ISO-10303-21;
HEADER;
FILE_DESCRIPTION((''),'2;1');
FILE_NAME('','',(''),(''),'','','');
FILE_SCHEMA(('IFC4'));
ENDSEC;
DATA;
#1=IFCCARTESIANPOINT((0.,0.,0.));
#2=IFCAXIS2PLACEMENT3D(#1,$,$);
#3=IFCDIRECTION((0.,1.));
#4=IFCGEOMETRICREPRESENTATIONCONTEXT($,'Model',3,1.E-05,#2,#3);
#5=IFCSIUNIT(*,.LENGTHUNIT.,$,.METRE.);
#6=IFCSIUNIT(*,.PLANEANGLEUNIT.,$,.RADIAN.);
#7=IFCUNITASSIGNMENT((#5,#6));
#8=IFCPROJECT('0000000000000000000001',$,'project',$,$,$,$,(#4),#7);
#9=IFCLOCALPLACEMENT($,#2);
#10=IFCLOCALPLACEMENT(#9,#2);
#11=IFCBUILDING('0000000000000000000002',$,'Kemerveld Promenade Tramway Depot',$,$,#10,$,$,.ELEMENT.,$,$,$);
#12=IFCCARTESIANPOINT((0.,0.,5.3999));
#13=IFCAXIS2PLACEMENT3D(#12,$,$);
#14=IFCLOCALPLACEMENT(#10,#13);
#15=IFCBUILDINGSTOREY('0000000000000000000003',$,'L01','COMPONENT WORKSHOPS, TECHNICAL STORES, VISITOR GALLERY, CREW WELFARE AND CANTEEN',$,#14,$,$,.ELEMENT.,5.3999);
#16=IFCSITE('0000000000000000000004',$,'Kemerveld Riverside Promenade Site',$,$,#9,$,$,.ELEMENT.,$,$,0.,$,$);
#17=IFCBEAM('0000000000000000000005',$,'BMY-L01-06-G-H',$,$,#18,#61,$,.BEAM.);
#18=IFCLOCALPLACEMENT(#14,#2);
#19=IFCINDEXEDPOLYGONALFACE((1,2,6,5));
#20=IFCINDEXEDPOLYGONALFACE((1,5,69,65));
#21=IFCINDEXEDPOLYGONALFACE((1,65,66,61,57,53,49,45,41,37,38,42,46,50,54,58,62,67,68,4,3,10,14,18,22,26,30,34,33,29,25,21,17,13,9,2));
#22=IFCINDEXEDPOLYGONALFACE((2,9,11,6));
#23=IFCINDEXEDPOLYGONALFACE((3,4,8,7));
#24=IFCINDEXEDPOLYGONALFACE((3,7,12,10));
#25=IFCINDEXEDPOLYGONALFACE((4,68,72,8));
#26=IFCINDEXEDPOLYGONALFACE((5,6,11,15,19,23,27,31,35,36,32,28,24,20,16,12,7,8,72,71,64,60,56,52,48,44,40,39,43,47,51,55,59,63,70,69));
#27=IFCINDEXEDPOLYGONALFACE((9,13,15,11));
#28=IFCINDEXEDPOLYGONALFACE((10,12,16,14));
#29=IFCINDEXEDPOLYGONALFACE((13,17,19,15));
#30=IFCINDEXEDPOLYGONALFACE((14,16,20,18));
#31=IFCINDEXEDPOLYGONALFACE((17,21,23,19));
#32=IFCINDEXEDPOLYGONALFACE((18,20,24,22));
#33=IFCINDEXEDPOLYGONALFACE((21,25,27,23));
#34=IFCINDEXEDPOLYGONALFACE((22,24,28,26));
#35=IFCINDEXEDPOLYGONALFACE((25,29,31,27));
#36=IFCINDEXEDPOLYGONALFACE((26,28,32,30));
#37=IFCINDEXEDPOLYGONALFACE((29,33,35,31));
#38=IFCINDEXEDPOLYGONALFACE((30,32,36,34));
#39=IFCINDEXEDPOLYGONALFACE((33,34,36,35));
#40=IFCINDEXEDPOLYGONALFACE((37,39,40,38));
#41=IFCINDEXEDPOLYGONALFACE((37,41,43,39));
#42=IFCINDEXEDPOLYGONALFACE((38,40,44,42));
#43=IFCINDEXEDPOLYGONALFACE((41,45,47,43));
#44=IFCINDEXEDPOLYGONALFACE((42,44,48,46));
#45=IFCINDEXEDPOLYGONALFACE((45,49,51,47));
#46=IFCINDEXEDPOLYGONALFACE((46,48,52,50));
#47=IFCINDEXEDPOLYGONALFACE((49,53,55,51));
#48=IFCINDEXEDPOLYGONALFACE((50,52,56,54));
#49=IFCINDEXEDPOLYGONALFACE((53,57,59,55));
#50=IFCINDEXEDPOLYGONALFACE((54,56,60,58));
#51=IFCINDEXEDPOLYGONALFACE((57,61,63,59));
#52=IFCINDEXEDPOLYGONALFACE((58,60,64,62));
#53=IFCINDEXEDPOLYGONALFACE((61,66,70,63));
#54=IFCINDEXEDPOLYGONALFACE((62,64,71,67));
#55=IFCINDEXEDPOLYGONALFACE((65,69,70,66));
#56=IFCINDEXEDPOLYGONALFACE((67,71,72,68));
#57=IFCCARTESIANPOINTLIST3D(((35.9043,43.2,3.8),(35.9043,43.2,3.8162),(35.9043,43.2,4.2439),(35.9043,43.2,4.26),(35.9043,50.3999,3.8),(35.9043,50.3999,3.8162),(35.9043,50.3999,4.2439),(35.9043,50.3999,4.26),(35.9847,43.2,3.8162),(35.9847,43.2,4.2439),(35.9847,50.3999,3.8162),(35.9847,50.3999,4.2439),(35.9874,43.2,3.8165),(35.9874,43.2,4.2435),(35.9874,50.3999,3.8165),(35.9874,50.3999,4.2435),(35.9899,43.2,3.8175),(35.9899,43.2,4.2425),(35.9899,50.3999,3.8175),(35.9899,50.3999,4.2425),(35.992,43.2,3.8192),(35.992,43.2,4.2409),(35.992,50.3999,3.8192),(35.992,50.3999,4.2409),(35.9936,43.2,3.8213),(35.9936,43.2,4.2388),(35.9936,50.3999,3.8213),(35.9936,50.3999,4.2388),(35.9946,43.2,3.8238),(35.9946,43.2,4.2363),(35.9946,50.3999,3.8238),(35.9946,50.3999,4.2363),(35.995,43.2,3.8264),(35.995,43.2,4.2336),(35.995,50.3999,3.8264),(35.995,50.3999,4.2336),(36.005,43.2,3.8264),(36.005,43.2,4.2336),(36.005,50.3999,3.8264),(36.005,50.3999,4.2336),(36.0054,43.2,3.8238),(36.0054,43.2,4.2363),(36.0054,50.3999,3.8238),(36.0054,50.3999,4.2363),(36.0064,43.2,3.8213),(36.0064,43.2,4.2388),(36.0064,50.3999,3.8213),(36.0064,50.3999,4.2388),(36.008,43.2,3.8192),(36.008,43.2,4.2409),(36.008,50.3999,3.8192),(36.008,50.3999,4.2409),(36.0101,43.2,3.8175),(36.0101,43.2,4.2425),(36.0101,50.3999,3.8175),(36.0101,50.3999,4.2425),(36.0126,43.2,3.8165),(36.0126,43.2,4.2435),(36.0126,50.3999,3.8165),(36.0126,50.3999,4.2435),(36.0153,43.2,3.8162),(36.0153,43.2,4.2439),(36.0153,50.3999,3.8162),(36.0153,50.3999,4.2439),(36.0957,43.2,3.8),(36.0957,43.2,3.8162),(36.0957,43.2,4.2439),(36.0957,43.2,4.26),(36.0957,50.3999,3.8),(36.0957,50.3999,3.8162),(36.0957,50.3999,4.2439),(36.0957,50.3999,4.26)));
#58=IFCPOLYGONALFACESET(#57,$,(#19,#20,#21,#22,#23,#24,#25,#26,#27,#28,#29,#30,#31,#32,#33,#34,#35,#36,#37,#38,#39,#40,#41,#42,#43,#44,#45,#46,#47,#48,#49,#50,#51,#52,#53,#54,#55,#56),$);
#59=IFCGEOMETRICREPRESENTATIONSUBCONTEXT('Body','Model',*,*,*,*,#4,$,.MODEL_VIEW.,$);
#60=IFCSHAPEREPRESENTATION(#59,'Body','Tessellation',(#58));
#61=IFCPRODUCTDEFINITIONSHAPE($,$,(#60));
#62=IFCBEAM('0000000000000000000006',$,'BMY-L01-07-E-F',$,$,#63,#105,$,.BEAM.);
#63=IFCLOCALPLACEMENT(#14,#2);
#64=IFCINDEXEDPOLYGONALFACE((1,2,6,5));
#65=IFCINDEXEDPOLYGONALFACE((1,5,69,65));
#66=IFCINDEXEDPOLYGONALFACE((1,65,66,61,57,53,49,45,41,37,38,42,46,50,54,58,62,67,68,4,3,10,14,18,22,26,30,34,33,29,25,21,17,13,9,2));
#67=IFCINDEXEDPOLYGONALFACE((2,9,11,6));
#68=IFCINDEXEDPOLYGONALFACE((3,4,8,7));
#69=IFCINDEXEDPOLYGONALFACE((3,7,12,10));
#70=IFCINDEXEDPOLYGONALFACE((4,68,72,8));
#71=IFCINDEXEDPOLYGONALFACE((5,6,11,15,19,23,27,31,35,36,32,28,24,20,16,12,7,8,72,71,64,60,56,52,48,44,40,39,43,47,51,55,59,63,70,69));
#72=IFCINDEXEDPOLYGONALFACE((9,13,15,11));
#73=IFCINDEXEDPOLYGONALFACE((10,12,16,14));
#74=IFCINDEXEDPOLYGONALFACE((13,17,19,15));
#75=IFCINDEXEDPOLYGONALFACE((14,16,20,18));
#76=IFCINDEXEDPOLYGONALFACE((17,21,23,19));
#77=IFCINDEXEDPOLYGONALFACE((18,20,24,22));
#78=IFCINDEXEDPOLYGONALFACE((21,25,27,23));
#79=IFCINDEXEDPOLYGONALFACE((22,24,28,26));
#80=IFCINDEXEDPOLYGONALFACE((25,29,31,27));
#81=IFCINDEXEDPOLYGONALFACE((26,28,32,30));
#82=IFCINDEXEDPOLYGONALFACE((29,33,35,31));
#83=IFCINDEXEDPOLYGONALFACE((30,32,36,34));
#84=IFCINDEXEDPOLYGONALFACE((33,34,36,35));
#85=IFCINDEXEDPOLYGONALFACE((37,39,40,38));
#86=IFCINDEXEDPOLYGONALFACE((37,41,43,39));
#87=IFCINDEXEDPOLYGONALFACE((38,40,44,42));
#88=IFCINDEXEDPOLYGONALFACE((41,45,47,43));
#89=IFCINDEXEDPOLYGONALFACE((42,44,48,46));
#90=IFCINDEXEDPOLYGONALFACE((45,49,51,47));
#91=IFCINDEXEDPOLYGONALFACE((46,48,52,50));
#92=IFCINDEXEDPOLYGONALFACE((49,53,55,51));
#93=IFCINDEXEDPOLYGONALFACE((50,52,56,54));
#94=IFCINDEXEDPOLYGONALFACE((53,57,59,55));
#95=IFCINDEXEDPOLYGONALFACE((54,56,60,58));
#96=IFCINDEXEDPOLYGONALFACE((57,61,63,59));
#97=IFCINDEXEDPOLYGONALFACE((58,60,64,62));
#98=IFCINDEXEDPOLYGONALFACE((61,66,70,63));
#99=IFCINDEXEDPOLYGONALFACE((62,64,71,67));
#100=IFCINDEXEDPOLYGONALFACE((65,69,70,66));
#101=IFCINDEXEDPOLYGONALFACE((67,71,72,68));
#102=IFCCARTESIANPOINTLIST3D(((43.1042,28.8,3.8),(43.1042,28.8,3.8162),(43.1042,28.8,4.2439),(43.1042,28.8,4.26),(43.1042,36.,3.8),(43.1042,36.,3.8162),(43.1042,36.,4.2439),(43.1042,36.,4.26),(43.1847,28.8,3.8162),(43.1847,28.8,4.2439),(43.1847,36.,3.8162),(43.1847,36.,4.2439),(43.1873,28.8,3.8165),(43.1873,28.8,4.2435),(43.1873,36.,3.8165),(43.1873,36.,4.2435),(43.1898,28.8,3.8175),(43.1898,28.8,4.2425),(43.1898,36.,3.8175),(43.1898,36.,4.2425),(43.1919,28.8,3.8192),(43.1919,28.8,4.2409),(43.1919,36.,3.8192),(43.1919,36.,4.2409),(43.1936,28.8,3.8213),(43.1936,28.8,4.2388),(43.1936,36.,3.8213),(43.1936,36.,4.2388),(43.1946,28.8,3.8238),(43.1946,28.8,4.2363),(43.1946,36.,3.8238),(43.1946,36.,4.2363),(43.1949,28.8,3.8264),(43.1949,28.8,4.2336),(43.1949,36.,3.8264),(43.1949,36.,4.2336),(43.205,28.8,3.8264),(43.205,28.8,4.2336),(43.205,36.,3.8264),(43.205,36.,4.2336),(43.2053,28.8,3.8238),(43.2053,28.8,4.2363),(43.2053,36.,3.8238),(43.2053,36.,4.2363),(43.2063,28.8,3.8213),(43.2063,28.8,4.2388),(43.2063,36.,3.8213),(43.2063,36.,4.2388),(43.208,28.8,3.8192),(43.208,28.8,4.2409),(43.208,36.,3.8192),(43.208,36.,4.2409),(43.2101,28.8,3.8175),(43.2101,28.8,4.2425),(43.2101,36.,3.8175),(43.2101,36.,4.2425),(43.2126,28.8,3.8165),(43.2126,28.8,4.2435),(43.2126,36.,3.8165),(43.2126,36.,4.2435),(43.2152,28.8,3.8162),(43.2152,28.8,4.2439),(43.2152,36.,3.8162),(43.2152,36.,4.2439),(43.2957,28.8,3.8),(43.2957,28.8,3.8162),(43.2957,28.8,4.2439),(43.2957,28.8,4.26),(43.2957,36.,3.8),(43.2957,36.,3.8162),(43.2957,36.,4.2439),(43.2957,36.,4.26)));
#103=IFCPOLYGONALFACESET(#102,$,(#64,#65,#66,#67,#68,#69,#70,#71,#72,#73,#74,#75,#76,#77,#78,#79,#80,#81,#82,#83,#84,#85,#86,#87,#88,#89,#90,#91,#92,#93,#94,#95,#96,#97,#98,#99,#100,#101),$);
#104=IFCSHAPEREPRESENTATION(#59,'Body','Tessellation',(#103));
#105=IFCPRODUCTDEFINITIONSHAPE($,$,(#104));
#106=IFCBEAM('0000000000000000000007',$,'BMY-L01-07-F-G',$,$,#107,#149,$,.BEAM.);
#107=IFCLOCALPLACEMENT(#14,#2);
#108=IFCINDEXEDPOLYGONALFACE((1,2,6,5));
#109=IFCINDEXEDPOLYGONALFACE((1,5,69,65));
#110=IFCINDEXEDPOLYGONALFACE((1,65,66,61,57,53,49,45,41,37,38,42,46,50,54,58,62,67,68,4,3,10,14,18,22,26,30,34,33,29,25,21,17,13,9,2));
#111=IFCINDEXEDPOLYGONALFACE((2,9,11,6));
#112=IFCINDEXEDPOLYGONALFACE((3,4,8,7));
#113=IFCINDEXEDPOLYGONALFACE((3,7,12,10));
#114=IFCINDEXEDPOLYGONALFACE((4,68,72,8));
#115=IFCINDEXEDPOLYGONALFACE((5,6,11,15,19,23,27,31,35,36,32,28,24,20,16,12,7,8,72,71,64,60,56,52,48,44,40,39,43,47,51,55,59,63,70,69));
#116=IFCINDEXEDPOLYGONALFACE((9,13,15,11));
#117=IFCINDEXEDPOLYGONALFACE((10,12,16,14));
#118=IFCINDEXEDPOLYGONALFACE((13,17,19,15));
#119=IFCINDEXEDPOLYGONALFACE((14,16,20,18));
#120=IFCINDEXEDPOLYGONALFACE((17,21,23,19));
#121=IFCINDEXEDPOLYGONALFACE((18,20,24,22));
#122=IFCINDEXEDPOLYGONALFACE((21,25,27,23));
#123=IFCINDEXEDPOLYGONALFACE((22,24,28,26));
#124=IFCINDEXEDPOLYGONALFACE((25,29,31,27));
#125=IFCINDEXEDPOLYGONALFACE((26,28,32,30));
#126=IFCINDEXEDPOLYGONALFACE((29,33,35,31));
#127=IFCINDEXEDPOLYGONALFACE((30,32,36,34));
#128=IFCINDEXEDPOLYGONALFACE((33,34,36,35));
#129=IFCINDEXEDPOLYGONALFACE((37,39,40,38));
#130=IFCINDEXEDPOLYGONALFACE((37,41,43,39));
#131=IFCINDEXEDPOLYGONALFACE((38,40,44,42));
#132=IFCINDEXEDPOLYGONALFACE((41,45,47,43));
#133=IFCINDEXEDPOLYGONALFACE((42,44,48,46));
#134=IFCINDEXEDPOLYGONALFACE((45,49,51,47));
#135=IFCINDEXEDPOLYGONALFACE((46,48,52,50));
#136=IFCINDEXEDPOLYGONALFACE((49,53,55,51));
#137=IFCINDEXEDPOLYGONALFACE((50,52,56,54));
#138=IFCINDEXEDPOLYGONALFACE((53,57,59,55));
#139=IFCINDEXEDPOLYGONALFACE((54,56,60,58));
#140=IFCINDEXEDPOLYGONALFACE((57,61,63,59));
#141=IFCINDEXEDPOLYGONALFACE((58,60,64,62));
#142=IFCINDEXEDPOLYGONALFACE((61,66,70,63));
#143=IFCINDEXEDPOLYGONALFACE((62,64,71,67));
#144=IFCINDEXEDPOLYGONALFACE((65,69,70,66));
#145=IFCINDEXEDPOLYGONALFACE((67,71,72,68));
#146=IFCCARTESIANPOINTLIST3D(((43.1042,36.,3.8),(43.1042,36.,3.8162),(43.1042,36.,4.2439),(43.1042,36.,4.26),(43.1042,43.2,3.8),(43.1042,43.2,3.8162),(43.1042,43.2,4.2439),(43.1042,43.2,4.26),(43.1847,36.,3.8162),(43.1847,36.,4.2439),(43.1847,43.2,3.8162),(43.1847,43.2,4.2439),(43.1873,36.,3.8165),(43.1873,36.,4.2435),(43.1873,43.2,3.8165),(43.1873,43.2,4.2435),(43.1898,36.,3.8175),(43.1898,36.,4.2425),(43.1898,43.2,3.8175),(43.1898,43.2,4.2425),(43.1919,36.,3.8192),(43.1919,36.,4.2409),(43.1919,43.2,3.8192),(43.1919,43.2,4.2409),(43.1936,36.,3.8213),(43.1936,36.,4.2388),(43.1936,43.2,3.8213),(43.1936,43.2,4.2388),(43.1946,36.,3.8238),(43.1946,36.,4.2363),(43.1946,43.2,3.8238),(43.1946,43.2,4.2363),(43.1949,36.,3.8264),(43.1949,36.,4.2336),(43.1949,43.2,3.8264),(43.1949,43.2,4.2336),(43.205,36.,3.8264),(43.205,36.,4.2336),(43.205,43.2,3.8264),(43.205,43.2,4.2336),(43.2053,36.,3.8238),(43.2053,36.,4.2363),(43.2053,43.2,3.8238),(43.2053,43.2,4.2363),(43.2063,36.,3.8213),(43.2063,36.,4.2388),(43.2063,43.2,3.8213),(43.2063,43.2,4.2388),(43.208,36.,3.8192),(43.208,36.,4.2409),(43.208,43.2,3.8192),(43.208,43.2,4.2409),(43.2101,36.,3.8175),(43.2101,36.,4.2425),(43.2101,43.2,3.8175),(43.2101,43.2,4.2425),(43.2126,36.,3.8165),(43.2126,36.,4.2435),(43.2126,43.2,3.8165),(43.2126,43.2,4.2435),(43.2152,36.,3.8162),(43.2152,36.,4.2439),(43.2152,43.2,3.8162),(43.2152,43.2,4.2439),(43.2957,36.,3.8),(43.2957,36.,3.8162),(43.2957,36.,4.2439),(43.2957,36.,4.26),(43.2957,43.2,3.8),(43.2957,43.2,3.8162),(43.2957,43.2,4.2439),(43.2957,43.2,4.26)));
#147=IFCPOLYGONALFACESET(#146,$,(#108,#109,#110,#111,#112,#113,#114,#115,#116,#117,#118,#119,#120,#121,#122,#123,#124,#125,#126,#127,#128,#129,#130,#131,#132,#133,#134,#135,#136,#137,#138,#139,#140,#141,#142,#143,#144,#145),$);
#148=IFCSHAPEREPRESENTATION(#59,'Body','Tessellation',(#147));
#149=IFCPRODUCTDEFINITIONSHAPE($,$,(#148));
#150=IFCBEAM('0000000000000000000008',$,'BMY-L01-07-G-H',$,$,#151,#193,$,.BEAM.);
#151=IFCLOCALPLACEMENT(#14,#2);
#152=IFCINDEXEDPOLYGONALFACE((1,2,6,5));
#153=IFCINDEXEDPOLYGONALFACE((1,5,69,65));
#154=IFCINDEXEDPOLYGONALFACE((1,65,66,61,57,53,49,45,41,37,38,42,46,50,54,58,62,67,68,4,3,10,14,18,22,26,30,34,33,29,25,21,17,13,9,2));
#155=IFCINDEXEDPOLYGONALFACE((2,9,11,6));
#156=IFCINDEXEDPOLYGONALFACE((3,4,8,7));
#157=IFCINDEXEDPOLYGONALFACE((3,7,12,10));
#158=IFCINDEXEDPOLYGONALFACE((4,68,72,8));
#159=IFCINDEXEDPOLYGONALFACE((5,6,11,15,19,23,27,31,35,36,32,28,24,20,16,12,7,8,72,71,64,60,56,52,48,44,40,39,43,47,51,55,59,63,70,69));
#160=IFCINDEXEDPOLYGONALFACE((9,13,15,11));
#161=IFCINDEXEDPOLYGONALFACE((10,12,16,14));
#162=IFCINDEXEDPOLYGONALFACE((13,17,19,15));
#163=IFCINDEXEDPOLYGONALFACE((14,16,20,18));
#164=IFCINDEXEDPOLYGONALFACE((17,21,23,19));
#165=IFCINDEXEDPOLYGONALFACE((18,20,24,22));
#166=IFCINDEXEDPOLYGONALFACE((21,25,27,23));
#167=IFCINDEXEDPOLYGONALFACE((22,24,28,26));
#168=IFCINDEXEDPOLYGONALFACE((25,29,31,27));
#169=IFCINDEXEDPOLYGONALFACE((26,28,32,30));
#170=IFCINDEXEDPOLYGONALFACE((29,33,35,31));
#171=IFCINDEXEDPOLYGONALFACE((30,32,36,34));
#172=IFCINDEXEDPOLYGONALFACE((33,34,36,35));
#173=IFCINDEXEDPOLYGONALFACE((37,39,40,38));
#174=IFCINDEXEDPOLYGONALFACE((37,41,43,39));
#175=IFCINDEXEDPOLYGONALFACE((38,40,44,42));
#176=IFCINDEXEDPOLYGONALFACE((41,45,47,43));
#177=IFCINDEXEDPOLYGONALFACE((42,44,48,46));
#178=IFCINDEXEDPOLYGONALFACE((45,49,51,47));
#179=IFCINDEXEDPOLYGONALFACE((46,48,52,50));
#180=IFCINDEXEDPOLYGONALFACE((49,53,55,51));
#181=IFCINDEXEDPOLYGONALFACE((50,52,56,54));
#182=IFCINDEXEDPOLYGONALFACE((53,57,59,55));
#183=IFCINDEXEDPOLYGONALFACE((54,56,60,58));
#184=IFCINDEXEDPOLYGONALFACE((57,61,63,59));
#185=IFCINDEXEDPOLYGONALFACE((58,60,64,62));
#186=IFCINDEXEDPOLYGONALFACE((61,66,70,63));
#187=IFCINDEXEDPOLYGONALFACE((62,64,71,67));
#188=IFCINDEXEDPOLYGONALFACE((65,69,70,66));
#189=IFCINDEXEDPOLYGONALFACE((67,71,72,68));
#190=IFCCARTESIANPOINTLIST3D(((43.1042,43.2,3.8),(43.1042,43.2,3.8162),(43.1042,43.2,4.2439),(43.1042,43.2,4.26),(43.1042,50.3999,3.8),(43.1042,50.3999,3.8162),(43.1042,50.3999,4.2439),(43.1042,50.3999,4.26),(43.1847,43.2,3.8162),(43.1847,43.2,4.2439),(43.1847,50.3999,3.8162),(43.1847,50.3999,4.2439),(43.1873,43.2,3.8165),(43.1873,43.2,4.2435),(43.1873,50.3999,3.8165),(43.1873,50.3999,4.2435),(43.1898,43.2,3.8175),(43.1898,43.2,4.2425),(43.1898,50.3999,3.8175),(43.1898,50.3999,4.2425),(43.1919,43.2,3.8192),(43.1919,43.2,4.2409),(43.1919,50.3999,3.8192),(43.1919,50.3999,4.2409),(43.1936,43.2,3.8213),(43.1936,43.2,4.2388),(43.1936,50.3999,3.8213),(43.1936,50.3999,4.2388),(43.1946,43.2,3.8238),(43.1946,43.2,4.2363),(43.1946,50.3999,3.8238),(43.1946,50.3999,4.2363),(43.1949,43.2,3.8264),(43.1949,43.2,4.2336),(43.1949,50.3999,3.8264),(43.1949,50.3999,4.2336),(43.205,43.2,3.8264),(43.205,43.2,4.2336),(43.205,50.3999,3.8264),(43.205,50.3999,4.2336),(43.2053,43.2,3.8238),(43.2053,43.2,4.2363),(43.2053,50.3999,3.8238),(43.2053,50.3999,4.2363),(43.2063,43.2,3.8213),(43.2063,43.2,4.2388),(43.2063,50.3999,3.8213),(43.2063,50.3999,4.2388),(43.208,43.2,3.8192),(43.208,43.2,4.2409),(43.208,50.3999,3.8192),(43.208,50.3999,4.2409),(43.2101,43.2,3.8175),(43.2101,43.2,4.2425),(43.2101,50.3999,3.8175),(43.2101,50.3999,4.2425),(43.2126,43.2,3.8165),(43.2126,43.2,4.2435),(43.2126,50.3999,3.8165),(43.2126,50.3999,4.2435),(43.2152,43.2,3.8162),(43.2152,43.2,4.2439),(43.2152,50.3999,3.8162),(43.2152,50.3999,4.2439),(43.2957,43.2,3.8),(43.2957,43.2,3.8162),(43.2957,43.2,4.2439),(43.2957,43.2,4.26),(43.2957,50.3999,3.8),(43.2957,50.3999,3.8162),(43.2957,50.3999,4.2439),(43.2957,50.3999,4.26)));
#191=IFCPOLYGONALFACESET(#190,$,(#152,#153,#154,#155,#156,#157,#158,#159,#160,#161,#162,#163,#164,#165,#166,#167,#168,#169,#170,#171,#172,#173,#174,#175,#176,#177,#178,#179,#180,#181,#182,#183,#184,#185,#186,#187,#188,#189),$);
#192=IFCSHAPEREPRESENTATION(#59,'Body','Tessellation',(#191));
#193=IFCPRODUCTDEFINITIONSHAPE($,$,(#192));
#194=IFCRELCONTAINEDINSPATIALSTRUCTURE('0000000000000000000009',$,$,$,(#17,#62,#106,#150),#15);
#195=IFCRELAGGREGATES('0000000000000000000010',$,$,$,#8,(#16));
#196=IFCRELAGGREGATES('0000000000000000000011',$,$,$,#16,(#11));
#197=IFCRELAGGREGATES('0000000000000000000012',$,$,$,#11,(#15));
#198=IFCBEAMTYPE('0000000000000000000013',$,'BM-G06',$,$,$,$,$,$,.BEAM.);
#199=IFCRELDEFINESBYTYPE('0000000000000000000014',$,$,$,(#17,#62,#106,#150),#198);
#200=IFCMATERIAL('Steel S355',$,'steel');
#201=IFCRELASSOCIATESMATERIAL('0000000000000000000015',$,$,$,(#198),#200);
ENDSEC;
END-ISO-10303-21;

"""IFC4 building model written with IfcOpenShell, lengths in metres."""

from ifc_helpers import new_model, si_unit, direction, frame, origin, origin_2d, place, context, subcontext, project, spatial, i_section, extrude, material, material_profile, profile_set, type_object, element, save


model = new_model("IFC4")

# Units and contexts
model_context = context("Model", 3, precision=1e-05, world=origin(), true_north=direction((0.0, 1.0)))
body_context = subcontext(model_context, "Body", "Model", "MODEL_VIEW")
ifc_project = project(units=[si_unit("LENGTHUNIT", "METRE"), si_unit("PLANEANGLEUNIT", "RADIAN")], contexts=[model_context])

# Site, building, storey
site_placement = place(None, origin())
site = spatial("IfcSite", under=ifc_project, at=site_placement, Name="Kemerveld Riverside Promenade Site", CompositionType="ELEMENT", RefElevation=0.0)
building_placement = place(site_placement, origin())
building = spatial("IfcBuilding", under=site, at=building_placement, Name="Kemerveld Promenade Tramway Depot", CompositionType="ELEMENT")
storey_placement = place(building_placement, frame((0.0, 0.0, 5.3999)))
storey = spatial("IfcBuildingStorey", under=building, at=storey_placement, Name="L01", Description="COMPONENT WORKSHOPS, TECHNICAL STORES, VISITOR GALLERY, CREW WELFARE AND CANTEEN", CompositionType="ELEMENT", Elevation=5.3999)

# Shared definitions
ifc_material_1 = material(Name="Steel S355", Category="steel")

# Beams
ifc_material_profile_1 = material_profile(ifc_material_1, i_section(OverallWidth=0.1914, OverallDepth=0.46, WebThickness=0.01, FlangeThickness=0.0161, FilletRadius=0.0103, at=origin_2d()), Name="457x191x82 UB")
ifc_profile_set_1 = profile_set([ifc_material_profile_1], Name="Steel S355")
beam_type_1 = type_object("IfcBeamType", Name="BM-G06", PredefinedType="BEAM", material=ifc_profile_set_1)
for number, where, z_axis, x_axis, name in (
    (1, (36.0, 43.2, 4.03), (0.0, 1.0, 0.0), (-1.0, 0.0, 0.0), "BMY-L01-06-G-H"),
    (2, (43.2, 28.8, 4.03), (0.0, 1.0, 0.0), (-1.0, 0.0, 0.0), "BMY-L01-07-E-F"),
    (3, (43.2, 36.0, 4.03), (0.0, 1.0, 0.0), (-1.0, 0.0, 0.0), "BMY-L01-07-F-G"),
    (4, (43.2, 43.2, 4.03), (0.0, 1.0, 0.0), (-1.0, 0.0, 0.0), "BMY-L01-07-G-H"),
):
    element("IfcBeam", number, at=place(storey_placement, frame(where, z_axis=z_axis, x_axis=x_axis)), inside=storey, type_object=beam_type_1, Name=name, PredefinedType="BEAM", context=body_context, shape_type="SweptSolid", body=[
        extrude(i_section(OverallWidth=0.1914, OverallDepth=0.46, WebThickness=0.01, FlangeThickness=0.0161, FilletRadius=0.0103, at=origin_2d()), origin(), (0.0, 0.0, 1.0), 7.2),
    ])

save(model, "model.ifc")
